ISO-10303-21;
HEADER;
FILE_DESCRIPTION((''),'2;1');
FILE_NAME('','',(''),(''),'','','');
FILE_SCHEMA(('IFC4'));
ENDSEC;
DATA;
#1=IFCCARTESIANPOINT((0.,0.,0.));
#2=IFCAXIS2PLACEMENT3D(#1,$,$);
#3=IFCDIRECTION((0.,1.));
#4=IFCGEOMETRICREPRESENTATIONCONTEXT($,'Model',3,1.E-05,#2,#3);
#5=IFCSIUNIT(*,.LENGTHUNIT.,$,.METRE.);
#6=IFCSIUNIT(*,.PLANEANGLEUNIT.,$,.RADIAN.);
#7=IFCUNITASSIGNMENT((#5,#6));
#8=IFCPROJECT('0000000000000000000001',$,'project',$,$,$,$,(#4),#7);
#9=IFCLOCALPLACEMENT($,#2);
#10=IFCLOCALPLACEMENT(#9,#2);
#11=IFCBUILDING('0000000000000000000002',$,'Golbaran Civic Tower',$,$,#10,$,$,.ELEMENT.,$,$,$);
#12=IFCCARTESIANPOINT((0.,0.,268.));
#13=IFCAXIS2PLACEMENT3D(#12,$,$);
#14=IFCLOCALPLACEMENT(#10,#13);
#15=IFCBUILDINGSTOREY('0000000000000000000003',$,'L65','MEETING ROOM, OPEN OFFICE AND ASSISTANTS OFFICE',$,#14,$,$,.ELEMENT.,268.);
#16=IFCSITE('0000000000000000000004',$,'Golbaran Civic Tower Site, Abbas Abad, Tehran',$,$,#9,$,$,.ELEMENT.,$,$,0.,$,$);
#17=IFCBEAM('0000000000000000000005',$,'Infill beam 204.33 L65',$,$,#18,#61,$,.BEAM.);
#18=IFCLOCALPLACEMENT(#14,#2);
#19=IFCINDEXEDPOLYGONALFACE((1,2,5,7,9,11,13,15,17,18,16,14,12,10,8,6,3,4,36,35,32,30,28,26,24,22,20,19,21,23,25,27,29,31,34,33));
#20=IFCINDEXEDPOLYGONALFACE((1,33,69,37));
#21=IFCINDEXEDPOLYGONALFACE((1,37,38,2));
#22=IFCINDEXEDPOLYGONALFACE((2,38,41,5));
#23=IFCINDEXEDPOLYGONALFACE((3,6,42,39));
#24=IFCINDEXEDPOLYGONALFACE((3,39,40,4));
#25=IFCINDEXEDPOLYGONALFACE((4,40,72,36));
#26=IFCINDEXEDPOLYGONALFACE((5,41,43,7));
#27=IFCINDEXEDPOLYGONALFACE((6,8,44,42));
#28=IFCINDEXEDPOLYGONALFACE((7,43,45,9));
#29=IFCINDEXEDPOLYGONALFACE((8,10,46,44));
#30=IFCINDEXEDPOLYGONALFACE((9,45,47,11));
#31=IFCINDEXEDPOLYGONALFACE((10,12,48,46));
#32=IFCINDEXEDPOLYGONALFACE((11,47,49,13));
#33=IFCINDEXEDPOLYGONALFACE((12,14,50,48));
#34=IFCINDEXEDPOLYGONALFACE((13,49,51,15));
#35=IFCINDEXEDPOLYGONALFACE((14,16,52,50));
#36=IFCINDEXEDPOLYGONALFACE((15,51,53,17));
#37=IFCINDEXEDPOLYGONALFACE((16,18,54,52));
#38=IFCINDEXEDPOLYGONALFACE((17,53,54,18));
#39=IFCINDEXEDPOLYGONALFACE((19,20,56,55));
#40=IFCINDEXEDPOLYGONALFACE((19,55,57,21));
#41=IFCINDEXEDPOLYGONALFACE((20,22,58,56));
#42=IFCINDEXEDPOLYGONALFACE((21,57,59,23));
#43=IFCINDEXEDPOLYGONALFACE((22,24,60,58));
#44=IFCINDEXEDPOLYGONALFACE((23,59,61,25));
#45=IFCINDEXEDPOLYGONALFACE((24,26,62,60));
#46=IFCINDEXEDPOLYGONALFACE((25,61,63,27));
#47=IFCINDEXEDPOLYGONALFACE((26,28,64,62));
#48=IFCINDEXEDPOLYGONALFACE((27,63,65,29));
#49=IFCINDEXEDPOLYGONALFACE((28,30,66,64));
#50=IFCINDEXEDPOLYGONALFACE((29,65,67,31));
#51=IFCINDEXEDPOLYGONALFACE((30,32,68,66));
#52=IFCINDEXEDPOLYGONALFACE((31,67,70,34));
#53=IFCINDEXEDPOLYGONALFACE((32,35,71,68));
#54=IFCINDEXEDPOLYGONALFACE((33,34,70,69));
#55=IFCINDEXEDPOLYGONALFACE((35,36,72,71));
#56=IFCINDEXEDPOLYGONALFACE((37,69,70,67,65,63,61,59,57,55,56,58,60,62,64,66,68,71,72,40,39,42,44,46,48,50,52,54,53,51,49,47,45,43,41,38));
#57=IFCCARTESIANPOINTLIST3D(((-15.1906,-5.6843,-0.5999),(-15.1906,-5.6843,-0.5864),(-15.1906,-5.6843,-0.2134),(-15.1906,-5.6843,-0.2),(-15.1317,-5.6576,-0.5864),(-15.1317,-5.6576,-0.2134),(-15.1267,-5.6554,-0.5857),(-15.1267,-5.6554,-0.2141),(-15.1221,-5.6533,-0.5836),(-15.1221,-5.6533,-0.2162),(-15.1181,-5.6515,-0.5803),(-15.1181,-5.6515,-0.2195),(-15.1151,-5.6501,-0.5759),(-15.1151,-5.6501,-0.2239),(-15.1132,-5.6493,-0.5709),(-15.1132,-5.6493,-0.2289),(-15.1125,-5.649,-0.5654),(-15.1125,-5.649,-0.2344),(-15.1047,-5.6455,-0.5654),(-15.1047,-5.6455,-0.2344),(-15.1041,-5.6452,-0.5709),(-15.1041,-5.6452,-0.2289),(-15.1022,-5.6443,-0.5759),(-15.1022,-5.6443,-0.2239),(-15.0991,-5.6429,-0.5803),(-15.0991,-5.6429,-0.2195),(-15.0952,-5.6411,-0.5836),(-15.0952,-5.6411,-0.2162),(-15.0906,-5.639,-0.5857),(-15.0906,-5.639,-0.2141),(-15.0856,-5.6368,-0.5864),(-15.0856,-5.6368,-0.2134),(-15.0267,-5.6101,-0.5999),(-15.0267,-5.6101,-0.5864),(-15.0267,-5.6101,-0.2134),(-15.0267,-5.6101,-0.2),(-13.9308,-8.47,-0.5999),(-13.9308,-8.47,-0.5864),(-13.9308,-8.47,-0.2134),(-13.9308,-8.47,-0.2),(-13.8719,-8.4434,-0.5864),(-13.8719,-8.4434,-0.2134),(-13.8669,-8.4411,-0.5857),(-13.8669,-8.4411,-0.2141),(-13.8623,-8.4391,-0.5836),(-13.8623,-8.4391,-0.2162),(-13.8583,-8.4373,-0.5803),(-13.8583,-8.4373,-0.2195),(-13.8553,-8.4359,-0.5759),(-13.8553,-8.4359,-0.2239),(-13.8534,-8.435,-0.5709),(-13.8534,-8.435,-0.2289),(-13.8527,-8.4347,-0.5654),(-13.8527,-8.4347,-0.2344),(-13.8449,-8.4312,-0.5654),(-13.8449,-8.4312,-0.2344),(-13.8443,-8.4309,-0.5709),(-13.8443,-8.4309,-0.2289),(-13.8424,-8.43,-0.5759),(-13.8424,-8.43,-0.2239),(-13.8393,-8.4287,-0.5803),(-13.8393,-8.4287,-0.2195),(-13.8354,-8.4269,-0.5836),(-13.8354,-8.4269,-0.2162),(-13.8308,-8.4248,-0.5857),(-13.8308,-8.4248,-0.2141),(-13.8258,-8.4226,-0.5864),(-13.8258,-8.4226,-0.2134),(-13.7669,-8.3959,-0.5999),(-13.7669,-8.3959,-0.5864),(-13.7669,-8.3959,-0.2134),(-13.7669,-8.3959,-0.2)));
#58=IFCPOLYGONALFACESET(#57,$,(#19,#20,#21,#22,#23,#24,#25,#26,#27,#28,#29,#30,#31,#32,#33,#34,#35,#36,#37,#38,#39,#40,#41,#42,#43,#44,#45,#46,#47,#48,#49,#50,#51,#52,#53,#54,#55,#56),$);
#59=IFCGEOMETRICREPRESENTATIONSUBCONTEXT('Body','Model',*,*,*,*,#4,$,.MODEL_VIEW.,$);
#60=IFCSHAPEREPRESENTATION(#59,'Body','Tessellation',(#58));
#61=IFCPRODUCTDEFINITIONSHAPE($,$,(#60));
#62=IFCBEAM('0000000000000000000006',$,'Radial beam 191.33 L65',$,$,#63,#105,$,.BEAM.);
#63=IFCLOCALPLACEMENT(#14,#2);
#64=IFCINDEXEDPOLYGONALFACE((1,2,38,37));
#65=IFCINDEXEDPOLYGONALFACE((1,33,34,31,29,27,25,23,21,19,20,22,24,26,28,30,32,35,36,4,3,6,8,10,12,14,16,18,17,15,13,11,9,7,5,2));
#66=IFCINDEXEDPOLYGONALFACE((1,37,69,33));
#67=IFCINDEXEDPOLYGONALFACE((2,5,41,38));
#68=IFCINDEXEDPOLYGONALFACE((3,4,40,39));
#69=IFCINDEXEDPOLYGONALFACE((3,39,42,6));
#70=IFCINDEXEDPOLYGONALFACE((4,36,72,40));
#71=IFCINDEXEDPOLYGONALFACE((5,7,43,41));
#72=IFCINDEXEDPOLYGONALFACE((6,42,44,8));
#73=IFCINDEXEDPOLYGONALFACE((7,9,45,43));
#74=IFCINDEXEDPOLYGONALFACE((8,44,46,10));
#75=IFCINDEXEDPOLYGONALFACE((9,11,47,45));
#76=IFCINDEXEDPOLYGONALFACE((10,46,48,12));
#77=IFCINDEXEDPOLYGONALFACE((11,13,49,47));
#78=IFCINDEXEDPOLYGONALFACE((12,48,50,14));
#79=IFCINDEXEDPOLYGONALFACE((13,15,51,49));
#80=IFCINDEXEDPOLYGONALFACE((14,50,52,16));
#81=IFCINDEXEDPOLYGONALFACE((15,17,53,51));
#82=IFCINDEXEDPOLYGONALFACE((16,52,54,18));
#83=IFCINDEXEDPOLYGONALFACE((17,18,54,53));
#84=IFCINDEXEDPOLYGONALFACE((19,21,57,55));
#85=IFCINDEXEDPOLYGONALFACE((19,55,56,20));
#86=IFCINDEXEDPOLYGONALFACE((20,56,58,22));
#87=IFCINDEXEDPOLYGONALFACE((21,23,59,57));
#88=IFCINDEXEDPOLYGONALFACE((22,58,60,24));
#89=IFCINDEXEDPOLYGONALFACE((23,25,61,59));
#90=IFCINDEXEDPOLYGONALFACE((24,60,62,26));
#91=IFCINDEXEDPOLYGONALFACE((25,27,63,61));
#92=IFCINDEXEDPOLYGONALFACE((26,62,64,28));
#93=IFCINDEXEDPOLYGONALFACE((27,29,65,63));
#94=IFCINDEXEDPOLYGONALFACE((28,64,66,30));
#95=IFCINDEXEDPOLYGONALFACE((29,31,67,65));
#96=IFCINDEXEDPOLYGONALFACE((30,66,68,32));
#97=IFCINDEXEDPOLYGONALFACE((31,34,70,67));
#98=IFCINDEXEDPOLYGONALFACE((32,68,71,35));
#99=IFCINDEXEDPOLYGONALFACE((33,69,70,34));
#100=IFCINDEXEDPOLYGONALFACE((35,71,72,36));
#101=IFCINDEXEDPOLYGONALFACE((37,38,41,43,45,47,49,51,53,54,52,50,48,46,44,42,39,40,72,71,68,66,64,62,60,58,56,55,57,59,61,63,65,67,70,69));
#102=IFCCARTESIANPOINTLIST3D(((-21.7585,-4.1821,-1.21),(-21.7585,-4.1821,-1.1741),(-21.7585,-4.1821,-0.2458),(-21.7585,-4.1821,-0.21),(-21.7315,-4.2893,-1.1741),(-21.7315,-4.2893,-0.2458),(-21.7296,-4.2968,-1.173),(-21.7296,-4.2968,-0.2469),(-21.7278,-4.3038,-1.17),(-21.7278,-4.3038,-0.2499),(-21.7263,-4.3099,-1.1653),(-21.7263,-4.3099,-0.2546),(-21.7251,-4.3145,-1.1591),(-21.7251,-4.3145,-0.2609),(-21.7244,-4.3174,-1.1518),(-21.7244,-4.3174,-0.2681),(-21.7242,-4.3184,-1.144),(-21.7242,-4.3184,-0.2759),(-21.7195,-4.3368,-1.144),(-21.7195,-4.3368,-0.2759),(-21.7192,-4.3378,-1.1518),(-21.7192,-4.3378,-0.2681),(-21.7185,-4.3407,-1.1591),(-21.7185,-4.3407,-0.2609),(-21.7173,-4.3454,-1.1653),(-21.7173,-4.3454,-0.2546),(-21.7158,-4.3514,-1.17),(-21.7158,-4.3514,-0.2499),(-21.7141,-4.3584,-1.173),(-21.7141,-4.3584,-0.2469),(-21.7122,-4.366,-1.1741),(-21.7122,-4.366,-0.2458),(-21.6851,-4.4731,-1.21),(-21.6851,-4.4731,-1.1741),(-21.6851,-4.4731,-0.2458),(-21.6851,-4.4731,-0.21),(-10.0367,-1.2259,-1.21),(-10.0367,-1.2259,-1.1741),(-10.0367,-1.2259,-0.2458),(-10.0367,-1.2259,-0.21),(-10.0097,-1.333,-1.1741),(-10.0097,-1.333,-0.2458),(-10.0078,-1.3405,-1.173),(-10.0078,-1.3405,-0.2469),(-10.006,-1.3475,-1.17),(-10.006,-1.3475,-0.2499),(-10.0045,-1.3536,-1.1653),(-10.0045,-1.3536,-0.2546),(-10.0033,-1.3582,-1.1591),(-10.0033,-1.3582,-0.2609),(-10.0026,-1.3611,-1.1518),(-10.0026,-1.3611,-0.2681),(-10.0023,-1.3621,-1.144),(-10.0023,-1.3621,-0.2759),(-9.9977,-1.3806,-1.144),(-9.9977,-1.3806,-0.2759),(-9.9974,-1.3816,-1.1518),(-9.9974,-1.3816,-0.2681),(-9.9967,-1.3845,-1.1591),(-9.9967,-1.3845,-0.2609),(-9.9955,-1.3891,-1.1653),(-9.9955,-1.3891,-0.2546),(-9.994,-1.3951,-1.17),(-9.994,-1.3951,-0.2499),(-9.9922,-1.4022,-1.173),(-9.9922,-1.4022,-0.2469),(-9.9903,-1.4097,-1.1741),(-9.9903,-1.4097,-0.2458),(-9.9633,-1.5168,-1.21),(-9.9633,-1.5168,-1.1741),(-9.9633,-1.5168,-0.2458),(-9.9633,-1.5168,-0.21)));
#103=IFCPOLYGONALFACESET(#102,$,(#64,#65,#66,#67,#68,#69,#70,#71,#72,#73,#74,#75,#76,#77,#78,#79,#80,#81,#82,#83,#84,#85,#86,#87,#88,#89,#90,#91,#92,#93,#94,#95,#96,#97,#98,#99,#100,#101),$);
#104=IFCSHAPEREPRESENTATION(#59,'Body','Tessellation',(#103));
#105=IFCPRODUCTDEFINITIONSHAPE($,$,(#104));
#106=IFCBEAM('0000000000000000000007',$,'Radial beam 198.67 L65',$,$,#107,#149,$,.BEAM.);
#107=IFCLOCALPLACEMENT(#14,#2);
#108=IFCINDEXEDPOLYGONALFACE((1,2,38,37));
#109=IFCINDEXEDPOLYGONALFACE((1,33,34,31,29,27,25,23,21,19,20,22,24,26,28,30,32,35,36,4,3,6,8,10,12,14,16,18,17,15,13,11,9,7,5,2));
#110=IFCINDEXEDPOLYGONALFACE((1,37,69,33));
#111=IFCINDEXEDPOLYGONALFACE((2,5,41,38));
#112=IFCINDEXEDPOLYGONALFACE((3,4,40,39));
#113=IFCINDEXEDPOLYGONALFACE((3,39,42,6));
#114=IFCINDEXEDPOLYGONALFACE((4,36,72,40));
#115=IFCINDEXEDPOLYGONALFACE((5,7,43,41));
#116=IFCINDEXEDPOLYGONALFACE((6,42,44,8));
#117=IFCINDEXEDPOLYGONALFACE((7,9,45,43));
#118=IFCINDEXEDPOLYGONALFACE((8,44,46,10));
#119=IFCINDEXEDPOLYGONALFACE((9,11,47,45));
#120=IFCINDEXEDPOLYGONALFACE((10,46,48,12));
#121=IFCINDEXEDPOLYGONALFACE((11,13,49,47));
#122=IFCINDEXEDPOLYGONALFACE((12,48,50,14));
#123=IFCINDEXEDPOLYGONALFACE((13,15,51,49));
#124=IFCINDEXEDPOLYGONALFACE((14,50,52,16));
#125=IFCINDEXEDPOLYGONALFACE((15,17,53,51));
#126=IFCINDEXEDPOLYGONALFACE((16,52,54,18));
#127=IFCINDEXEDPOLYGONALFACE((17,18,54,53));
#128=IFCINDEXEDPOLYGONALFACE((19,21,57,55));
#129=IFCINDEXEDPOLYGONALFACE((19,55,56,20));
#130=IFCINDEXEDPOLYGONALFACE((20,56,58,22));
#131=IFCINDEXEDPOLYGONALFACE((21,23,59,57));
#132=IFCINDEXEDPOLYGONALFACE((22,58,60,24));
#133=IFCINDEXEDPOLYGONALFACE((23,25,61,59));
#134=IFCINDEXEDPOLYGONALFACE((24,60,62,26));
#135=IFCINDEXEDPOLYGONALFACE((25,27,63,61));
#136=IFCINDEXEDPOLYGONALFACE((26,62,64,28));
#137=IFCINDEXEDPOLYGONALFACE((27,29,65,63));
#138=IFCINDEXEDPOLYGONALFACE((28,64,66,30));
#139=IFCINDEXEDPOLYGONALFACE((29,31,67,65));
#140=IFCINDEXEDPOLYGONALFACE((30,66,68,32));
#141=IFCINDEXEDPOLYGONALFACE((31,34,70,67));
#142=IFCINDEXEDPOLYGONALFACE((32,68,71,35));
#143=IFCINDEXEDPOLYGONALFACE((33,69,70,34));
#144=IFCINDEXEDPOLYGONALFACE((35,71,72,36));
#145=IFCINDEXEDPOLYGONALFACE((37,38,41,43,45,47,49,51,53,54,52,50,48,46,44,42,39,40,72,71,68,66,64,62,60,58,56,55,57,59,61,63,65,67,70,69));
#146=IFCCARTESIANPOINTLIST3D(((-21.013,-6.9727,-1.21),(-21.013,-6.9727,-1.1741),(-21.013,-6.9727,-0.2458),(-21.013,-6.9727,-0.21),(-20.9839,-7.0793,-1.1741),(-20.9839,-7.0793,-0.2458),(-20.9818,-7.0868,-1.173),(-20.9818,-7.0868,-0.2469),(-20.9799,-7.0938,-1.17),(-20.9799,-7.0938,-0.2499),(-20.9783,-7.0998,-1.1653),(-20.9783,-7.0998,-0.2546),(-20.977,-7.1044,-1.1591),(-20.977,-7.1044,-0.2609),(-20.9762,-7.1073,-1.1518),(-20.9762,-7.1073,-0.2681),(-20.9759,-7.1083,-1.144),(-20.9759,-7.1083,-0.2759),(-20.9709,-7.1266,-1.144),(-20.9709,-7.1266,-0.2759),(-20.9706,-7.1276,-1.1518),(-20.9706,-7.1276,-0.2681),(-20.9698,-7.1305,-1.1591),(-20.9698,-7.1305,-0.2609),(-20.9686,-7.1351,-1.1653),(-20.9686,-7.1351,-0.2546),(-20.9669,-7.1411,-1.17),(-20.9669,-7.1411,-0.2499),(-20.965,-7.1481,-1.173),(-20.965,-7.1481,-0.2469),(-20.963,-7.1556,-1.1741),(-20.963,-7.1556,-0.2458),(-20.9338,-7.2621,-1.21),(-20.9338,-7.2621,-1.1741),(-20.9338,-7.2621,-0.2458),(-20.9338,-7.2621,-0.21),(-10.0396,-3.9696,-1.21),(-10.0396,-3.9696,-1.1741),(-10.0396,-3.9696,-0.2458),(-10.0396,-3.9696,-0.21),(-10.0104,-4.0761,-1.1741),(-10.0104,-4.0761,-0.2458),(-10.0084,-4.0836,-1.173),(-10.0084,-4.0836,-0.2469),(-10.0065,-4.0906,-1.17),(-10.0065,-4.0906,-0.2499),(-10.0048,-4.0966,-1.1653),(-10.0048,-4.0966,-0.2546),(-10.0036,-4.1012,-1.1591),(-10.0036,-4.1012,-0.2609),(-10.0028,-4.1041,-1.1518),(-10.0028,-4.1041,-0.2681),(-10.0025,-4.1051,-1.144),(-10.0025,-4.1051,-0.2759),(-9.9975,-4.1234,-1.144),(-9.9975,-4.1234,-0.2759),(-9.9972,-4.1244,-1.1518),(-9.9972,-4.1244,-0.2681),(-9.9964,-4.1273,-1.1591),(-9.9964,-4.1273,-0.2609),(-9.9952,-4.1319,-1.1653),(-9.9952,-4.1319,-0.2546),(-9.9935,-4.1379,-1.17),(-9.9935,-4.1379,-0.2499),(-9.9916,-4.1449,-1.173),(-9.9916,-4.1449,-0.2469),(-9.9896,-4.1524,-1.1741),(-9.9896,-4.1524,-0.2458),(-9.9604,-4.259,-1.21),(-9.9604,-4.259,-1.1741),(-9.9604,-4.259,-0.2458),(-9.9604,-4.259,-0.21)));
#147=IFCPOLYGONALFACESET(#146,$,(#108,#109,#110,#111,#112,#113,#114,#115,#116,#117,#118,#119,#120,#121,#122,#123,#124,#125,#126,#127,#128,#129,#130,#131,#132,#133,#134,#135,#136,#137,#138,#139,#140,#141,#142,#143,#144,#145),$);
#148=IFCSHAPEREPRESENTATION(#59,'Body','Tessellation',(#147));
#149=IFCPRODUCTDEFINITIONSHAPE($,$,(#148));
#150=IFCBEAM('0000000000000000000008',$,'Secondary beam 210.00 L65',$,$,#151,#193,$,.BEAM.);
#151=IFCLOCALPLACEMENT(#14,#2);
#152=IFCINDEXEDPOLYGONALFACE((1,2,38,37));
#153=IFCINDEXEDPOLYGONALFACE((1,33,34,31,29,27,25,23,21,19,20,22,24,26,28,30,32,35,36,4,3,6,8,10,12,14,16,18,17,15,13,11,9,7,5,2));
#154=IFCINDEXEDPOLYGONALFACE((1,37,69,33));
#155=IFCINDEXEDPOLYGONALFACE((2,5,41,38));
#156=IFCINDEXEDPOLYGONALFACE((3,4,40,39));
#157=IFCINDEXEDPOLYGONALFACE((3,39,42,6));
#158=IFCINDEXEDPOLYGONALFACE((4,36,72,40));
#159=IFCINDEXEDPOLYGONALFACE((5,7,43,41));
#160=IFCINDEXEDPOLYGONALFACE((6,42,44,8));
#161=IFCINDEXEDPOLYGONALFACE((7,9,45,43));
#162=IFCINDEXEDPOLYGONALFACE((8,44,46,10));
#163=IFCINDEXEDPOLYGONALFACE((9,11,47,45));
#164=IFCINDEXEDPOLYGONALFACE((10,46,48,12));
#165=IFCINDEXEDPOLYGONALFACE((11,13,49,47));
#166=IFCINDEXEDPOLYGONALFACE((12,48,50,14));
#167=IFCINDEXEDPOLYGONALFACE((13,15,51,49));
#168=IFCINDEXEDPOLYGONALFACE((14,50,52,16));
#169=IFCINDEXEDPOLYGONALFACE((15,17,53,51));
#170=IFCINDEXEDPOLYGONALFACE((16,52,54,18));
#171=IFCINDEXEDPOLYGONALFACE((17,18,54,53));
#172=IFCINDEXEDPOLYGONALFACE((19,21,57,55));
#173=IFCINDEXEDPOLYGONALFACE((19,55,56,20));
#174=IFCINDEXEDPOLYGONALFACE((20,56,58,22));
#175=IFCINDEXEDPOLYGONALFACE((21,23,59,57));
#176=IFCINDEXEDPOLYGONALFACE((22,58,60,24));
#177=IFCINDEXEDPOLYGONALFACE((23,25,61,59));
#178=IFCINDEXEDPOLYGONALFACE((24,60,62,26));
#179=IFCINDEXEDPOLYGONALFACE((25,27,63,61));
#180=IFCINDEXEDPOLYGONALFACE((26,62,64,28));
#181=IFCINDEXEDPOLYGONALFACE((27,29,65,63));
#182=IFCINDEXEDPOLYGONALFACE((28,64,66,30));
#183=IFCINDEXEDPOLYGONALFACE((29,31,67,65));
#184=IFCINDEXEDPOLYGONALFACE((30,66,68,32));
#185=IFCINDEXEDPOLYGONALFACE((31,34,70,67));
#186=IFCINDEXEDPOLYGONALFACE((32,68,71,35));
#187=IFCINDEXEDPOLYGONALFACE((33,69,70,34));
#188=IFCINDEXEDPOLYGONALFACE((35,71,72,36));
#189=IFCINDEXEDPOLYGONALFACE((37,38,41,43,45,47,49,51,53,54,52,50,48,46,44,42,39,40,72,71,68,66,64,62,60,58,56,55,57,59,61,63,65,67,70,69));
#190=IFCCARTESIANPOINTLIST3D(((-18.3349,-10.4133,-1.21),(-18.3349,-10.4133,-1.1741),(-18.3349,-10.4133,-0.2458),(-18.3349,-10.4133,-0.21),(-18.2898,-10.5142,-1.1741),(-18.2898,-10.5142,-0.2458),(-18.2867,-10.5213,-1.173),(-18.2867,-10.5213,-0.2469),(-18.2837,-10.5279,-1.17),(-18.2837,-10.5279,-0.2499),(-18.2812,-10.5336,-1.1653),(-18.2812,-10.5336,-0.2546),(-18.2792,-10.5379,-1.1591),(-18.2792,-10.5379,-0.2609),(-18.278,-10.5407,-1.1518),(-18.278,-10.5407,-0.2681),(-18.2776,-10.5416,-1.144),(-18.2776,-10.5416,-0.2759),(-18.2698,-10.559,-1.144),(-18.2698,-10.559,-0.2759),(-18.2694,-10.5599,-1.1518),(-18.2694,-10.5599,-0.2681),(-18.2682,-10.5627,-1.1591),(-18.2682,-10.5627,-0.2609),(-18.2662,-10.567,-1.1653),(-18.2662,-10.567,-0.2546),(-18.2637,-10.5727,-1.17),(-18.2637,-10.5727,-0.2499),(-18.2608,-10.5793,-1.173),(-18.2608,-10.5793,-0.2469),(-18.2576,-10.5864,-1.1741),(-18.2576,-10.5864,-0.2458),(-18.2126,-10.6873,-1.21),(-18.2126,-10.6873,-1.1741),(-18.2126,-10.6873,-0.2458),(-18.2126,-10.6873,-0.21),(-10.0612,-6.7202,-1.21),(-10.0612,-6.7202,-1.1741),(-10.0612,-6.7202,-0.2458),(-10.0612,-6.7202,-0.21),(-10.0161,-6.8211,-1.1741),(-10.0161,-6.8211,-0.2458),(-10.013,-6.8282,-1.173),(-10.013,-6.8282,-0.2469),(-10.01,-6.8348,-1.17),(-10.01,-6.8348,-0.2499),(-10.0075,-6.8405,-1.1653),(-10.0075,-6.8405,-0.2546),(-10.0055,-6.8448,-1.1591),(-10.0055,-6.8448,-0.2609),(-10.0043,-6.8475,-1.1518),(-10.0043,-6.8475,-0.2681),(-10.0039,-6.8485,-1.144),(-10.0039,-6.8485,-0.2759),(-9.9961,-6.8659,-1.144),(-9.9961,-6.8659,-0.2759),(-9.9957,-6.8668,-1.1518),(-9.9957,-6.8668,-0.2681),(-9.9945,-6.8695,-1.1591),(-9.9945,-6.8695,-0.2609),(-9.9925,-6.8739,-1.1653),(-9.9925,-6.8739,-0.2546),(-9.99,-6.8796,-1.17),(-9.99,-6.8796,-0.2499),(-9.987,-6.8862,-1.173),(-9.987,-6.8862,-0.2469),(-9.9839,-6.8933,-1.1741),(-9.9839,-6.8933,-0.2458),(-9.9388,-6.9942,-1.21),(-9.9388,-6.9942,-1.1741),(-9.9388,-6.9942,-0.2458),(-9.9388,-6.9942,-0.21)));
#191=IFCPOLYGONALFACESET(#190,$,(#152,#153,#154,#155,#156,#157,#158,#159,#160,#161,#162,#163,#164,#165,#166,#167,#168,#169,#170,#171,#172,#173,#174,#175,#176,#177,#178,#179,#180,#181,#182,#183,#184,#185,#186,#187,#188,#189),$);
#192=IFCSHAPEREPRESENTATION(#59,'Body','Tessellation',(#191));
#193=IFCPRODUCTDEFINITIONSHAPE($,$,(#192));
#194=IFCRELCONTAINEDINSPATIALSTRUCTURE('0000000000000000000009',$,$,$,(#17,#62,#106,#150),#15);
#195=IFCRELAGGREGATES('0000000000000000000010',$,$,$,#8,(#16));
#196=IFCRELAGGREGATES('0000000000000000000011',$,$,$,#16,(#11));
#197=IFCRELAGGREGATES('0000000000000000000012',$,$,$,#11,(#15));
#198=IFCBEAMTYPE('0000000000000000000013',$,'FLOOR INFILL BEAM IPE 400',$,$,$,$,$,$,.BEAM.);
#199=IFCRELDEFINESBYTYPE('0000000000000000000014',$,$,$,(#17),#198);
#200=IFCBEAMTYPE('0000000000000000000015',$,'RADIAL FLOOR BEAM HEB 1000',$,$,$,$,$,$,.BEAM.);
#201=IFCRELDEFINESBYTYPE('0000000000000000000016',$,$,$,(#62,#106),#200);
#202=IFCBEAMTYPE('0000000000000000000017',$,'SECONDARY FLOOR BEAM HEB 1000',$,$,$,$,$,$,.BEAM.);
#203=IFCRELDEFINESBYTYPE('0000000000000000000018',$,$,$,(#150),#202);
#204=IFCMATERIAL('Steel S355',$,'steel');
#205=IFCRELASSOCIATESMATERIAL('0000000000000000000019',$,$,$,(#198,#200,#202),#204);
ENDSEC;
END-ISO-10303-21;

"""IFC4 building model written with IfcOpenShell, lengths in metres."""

from ifc_helpers import new_model, si_unit, direction, frame, origin, origin_2d, place, context, subcontext, project, spatial, i_section, extrude, material, material_profile, profile_set, type_object, element, save


model = new_model("IFC4")

# Units and contexts
model_context = context("Model", 3, precision=1e-05, world=origin(), true_north=direction((0.0, 1.0)))
body_context = subcontext(model_context, "Body", "Model", "MODEL_VIEW")
ifc_project = project(units=[si_unit("LENGTHUNIT", "METRE"), si_unit("PLANEANGLEUNIT", "RADIAN")], contexts=[model_context])

# Site, building, storey
site_placement = place(None, origin())
site = spatial("IfcSite", under=ifc_project, at=site_placement, Name="Golbaran Civic Tower Site, Abbas Abad, Tehran", CompositionType="ELEMENT", RefElevation=0.0)
building_placement = place(site_placement, origin())
building = spatial("IfcBuilding", under=site, at=building_placement, Name="Golbaran Civic Tower", CompositionType="ELEMENT")
storey_placement = place(building_placement, frame((0.0, 0.0, 268.0)))
storey = spatial("IfcBuildingStorey", under=building, at=storey_placement, Name="L65", Description="MEETING ROOM, OPEN OFFICE AND ASSISTANTS OFFICE", CompositionType="ELEMENT", Elevation=268.0)

# Beams
ifc_material_1 = material(Name="Steel S355", Category="steel")
ifc_material_profile_1 = material_profile(ifc_material_1, i_section(OverallWidth=0.1799, OverallDepth=0.3999, WebThickness=0.0085, FlangeThickness=0.0134, FilletRadius=0.021, at=origin_2d()), Name="IPE 400")
ifc_profile_set_1 = profile_set([ifc_material_profile_1], Name="Steel S355")
beam_type_1 = type_object("IfcBeamType", Name="FLOOR INFILL BEAM IPE 400", PredefinedType="BEAM", material=ifc_profile_set_1)
beam_1_placement = place(storey_placement, frame((-15.1086, -5.6472, -0.3999), z_axis=(0.412057, -0.911158, 0.0), x_axis=(0.911158, 0.412057, 0.0)))
element("IfcBeam", 1, at=beam_1_placement, inside=storey, type_object=beam_type_1, Name="Infill beam 204.33 L65", PredefinedType="BEAM", context=body_context, shape_type="SweptSolid", body=[
    extrude(i_section(OverallWidth=0.1799, OverallDepth=0.3999, WebThickness=0.0085, FlangeThickness=0.0134, FilletRadius=0.021, at=origin_2d()), origin(), (0.0, 0.0, 1.0), 3.0574),
])
ifc_material_profile_2 = material_profile(ifc_material_1, i_section(OverallWidth=0.3, OverallDepth=1.0, WebThickness=0.019, FlangeThickness=0.0359, FilletRadius=0.03, at=origin_2d()), Name="HEB 1000")
ifc_profile_set_2 = profile_set([ifc_material_profile_2], Name="Steel S355")
beam_type_2 = type_object("IfcBeamType", Name="RADIAL FLOOR BEAM HEB 1000", PredefinedType="BEAM", material=ifc_profile_set_2)
beam_2_placement = place(storey_placement, frame((-10.0, -1.3713, -0.71), z_axis=(-0.969638, -0.244545, 0.0), x_axis=(0.244545, -0.969638, 0.0)))
element("IfcBeam", 2, at=beam_2_placement, inside=storey, type_object=beam_type_2, Name="Radial beam 191.33 L65", PredefinedType="BEAM", context=body_context, shape_type="SweptSolid", body=[
    extrude(i_section(OverallWidth=0.3, OverallDepth=1.0, WebThickness=0.019, FlangeThickness=0.0359, FilletRadius=0.03, at=origin_2d()), origin(), (0.0, 0.0, 1.0), 12.0889),
])
beam_3_placement = place(storey_placement, frame((-10.0, -4.1143, -0.71), z_axis=(-0.964531, -0.263971, 0.0), x_axis=(0.263971, -0.964531, 0.0)))
element("IfcBeam", 3, at=beam_3_placement, inside=storey, type_object=beam_type_2, Name="Radial beam 198.67 L65", PredefinedType="BEAM", context=body_context, shape_type="SweptSolid", body=[
    extrude(i_section(OverallWidth=0.3, OverallDepth=1.0, WebThickness=0.019, FlangeThickness=0.0359, FilletRadius=0.03, at=origin_2d()), origin(), (0.0, 0.0, 1.0), 11.377),
])
ifc_material_profile_3 = material_profile(ifc_material_1, i_section(OverallWidth=0.3, OverallDepth=1.0, WebThickness=0.019, FlangeThickness=0.0359, FilletRadius=0.03, at=origin_2d()), Name="HEB 1000")
ifc_profile_set_3 = profile_set([ifc_material_profile_3], Name="Steel S355")
beam_type_3 = type_object("IfcBeamType", Name="SECONDARY FLOOR BEAM HEB 1000", PredefinedType="BEAM", material=ifc_profile_set_3)
beam_4_placement = place(storey_placement, frame((-10.0, -6.8572, -0.71), z_axis=(-0.913158, -0.407606, 0.0), x_axis=(0.407606, -0.913158, 0.0)))
element("IfcBeam", 4, at=beam_4_placement, inside=storey, type_object=beam_type_3, Name="Secondary beam 210.00 L65", PredefinedType="BEAM", context=body_context, shape_type="SweptSolid", body=[
    extrude(i_section(OverallWidth=0.3, OverallDepth=1.0, WebThickness=0.019, FlangeThickness=0.0359, FilletRadius=0.03, at=origin_2d()), origin(), (0.0, 0.0, 1.0), 9.0605),
])

save(model, "model.ifc")
